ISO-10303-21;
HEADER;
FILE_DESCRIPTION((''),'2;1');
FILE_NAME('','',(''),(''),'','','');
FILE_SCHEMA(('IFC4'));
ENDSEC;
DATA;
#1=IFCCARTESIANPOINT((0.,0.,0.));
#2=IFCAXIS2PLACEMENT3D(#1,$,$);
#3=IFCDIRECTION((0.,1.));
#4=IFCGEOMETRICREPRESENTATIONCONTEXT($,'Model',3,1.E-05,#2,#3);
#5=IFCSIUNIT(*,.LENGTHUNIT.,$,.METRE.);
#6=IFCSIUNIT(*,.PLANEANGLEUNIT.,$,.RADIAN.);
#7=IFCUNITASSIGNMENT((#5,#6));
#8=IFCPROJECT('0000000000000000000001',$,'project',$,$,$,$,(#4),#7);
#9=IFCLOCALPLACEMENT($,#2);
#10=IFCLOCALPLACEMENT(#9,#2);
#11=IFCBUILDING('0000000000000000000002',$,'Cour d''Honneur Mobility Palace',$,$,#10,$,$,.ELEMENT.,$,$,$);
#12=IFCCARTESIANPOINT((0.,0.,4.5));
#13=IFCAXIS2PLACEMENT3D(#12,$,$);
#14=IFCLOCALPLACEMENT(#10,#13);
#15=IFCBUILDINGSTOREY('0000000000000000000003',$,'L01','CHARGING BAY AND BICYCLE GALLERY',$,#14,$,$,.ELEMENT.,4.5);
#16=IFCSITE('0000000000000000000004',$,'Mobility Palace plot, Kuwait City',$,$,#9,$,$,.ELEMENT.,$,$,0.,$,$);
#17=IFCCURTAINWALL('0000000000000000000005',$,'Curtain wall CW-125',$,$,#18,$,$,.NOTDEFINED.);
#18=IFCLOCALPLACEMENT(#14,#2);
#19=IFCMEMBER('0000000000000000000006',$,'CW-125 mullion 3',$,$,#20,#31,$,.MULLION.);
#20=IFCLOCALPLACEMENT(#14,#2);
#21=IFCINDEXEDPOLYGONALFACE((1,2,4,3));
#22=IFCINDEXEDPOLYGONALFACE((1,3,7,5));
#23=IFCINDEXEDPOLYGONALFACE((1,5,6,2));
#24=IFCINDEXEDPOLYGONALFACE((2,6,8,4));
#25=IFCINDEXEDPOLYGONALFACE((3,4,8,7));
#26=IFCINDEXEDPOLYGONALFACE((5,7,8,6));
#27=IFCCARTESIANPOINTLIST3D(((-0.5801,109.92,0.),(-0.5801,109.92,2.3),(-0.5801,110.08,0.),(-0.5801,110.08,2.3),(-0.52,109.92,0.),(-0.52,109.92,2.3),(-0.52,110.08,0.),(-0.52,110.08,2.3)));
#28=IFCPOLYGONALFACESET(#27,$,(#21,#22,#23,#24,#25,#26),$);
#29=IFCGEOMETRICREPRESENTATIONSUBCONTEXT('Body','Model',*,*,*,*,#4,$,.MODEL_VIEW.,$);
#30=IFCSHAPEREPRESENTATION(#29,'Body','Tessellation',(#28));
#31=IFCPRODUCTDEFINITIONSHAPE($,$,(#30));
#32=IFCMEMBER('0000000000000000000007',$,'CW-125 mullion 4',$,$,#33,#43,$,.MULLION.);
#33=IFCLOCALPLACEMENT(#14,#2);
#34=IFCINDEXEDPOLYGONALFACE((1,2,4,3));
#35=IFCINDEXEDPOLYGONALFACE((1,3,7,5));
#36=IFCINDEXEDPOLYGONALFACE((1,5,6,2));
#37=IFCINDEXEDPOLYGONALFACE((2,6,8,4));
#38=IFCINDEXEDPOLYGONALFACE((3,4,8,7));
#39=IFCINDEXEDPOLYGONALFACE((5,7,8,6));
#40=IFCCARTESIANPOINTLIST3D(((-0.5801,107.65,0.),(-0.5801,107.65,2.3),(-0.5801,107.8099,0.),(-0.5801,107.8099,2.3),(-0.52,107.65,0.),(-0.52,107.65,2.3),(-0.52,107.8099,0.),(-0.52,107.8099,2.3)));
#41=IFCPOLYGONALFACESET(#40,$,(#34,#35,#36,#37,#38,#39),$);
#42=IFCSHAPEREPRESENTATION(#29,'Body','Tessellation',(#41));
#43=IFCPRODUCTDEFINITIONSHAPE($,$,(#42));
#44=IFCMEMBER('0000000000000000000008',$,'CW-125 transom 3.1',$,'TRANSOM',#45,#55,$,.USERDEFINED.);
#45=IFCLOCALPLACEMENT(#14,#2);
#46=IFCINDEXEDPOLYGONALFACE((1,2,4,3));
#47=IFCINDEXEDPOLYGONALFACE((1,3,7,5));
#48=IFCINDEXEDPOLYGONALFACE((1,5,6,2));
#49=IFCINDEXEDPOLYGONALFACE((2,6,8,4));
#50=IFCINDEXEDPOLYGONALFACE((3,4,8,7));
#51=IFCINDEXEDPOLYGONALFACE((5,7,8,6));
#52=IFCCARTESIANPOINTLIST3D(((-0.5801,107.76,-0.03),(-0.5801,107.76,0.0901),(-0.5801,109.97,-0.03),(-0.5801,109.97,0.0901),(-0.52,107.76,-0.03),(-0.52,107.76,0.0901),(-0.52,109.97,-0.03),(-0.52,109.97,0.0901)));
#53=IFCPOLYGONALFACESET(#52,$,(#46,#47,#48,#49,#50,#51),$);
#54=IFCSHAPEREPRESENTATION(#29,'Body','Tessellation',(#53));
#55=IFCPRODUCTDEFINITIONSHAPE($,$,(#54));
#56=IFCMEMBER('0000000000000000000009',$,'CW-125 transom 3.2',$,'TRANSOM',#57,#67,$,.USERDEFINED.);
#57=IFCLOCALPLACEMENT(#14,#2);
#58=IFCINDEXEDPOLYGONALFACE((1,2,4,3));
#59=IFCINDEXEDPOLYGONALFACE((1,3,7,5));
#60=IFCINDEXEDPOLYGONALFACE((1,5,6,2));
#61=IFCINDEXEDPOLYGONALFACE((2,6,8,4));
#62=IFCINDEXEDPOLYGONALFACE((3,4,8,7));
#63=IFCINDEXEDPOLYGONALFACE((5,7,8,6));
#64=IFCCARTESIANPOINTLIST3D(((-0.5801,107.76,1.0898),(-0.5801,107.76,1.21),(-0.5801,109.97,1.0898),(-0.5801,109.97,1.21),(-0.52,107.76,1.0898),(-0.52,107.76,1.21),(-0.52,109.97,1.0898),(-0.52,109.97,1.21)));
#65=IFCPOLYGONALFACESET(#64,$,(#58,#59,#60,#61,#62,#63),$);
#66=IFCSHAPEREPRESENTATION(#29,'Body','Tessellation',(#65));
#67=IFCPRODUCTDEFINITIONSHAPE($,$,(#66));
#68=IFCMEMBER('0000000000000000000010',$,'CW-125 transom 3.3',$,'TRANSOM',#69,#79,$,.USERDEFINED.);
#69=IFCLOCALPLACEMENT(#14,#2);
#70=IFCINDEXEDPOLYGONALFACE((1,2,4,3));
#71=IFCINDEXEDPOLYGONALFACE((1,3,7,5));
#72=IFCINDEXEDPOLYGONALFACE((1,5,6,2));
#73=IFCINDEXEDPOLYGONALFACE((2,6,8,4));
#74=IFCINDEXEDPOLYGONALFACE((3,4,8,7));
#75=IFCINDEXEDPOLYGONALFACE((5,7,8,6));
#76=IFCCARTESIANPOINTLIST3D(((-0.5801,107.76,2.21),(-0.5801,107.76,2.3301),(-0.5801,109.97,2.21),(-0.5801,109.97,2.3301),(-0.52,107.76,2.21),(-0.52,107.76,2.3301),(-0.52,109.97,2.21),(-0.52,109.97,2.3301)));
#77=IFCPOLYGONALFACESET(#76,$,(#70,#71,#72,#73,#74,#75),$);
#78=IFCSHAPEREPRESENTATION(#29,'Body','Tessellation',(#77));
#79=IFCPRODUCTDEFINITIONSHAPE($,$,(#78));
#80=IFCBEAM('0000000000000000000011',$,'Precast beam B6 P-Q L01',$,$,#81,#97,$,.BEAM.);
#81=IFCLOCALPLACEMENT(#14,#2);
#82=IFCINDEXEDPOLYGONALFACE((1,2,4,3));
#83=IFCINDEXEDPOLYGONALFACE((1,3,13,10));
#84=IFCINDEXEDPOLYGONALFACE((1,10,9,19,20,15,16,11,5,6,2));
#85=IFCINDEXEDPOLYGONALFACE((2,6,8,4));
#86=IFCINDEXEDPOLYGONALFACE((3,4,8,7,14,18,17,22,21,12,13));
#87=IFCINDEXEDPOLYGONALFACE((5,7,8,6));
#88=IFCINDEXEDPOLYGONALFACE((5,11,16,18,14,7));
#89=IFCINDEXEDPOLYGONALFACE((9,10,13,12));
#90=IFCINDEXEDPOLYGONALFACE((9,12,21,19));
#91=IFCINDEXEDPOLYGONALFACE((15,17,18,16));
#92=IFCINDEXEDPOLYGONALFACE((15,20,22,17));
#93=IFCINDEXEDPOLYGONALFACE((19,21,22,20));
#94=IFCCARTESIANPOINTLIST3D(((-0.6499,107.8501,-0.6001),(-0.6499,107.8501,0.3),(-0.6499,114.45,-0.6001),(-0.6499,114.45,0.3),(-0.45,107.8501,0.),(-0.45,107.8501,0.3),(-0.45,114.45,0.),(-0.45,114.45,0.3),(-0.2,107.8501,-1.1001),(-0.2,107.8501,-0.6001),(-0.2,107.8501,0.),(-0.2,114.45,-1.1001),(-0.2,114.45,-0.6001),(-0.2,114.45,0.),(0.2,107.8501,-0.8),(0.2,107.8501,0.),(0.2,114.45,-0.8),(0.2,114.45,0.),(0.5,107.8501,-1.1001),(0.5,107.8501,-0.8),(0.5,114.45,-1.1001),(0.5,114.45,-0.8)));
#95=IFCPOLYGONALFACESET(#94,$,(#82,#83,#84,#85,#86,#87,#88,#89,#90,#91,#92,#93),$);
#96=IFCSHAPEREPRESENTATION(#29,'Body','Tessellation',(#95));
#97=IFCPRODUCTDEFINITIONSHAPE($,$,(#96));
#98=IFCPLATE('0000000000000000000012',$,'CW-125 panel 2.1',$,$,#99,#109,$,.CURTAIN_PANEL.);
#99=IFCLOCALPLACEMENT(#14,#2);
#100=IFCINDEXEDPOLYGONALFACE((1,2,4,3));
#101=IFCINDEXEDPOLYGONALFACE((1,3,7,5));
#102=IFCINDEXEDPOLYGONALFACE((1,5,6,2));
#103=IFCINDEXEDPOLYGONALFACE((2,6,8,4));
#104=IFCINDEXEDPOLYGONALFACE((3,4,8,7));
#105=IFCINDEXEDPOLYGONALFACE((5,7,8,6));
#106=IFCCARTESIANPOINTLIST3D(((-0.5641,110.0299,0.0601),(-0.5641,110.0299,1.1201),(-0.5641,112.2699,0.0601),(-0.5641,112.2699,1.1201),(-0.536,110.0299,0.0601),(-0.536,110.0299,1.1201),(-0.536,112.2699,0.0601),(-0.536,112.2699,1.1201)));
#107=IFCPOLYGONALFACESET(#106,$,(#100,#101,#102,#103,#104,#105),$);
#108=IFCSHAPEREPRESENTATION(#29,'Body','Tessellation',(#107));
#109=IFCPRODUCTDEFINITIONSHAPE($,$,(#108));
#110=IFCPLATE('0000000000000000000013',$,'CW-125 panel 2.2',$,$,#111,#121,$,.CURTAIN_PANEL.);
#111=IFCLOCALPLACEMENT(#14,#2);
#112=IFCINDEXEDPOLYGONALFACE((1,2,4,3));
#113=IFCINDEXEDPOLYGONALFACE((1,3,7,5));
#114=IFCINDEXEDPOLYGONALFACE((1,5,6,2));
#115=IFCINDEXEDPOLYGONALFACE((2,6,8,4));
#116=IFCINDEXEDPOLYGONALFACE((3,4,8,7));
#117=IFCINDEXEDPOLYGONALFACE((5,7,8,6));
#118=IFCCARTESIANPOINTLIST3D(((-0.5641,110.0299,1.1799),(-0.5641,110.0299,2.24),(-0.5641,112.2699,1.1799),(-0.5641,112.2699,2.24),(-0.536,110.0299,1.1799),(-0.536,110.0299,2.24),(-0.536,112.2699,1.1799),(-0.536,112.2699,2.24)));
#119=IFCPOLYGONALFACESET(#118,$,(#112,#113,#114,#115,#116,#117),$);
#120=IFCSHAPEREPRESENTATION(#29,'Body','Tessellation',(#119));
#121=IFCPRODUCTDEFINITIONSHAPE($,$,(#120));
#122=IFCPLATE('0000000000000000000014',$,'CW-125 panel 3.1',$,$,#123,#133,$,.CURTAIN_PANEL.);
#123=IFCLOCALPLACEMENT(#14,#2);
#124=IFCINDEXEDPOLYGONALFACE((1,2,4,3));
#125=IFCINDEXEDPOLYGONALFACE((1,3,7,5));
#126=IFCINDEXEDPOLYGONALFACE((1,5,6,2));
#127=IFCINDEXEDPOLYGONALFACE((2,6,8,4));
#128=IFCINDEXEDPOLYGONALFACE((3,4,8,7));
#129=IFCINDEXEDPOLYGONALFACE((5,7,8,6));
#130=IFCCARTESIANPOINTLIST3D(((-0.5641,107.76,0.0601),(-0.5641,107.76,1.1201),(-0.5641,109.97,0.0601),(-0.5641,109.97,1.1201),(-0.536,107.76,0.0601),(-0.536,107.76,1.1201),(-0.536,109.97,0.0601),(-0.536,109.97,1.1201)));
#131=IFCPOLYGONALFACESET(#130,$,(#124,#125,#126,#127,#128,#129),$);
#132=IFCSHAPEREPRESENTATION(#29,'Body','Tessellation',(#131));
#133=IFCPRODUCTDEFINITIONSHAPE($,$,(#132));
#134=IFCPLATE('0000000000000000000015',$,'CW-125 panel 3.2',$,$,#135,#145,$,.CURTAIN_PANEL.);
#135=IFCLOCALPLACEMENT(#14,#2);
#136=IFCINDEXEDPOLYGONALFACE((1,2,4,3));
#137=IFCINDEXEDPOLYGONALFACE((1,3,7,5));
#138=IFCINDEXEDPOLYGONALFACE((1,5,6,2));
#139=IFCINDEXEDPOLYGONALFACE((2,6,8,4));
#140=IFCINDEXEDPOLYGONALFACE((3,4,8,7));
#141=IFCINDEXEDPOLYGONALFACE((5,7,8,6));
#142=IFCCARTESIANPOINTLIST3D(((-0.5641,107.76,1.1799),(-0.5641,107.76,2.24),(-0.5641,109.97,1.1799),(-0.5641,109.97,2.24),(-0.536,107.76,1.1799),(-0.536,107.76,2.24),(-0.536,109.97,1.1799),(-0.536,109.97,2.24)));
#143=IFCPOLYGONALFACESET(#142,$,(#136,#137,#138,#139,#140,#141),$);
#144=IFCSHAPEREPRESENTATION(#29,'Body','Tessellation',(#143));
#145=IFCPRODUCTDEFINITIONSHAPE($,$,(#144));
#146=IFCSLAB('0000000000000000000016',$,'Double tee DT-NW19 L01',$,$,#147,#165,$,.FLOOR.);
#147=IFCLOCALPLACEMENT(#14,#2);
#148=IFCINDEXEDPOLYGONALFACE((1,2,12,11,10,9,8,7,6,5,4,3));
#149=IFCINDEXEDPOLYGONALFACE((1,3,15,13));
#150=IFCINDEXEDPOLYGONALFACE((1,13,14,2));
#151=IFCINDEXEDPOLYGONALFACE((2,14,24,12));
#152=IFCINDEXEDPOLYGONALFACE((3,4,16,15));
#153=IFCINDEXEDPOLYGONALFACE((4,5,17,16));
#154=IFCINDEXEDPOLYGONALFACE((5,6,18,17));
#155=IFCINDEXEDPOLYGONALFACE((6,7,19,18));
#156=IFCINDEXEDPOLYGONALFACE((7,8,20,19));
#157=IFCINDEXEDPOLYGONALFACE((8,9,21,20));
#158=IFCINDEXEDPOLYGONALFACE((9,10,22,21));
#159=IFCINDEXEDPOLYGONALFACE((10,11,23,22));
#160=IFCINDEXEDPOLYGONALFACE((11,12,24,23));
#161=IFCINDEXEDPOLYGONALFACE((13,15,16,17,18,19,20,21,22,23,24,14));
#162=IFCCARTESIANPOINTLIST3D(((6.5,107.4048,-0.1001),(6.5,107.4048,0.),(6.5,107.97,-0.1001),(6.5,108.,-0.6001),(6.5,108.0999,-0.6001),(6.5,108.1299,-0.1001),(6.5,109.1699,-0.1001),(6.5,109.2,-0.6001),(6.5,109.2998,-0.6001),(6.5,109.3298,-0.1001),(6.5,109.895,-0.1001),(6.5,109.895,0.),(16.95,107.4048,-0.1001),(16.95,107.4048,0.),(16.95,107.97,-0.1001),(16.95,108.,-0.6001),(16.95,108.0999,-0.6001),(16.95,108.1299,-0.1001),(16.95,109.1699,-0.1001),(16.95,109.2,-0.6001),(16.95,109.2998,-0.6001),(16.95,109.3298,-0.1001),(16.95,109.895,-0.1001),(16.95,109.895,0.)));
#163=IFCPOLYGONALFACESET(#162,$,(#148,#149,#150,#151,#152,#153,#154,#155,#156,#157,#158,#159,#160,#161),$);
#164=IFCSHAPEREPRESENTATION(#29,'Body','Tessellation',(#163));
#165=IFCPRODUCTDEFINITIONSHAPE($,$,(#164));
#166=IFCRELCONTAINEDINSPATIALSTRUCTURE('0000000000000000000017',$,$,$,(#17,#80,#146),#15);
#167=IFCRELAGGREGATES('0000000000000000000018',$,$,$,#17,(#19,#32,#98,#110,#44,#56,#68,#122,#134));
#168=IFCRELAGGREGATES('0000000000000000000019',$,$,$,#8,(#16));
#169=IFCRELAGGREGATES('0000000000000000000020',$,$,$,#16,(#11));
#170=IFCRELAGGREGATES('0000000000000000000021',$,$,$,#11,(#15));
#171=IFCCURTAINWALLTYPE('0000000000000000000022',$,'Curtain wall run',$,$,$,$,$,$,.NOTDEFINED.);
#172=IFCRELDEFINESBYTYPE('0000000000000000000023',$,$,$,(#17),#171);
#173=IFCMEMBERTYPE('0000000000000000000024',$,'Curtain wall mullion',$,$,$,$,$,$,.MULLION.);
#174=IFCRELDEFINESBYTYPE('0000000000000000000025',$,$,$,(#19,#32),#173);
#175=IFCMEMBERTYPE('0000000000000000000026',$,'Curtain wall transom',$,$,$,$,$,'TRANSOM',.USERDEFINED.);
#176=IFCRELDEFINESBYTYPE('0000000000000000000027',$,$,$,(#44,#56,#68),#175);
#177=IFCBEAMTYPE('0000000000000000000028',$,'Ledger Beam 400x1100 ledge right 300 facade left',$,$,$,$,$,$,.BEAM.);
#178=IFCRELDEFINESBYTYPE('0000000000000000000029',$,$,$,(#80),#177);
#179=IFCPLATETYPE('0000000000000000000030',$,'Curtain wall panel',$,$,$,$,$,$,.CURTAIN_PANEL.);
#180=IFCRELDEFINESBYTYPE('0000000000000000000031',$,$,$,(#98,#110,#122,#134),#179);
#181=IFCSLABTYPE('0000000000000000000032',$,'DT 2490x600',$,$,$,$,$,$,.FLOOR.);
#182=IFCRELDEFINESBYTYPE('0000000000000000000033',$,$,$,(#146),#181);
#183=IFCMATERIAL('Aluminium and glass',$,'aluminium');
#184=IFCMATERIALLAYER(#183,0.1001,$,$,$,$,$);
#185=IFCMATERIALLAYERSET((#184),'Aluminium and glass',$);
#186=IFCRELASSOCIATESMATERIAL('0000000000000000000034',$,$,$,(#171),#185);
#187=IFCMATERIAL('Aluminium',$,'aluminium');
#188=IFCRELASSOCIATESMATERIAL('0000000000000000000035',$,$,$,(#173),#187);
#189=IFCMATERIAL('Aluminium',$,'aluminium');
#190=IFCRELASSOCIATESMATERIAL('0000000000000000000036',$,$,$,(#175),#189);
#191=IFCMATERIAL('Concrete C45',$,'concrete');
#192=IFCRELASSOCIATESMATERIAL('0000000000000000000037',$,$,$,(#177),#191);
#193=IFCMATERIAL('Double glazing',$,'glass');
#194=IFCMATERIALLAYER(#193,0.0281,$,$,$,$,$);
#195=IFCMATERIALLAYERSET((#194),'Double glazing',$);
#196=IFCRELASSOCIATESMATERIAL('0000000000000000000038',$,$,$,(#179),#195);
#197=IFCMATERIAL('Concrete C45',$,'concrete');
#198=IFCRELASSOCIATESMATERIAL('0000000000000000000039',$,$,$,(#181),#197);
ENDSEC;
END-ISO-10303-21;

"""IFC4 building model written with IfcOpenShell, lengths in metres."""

from ifc_helpers import new_model, si_unit, direction, frame, origin, origin_2d, place, context, subcontext, project, spatial, polyline, rectangle, outline, extrude, material, layer, layer_set, material_profile, profile_set, type_object, element, aggregate, save


model = new_model("IFC4")

# Units and contexts
model_context = context("Model", 3, precision=1e-05, world=origin(), true_north=direction((0.0, 1.0)))
body_context = subcontext(model_context, "Body", "Model", "MODEL_VIEW")
ifc_project = project(units=[si_unit("LENGTHUNIT", "METRE"), si_unit("PLANEANGLEUNIT", "RADIAN")], contexts=[model_context])

# Site, building, storey
site_placement = place(None, origin())
site = spatial("IfcSite", under=ifc_project, at=site_placement, Name="Mobility Palace plot, Kuwait City", CompositionType="ELEMENT", RefElevation=0.0)
building_placement = place(site_placement, origin())
building = spatial("IfcBuilding", under=site, at=building_placement, Name="Cour d'Honneur Mobility Palace", CompositionType="ELEMENT")
storey_placement = place(building_placement, frame((0.0, 0.0, 4.5)))
storey = spatial("IfcBuildingStorey", under=building, at=storey_placement, Name="L01", Description="CHARGING BAY AND BICYCLE GALLERY", CompositionType="ELEMENT", Elevation=4.5)

# Curtain wall, members
ifc_material_1 = material(Name="Aluminium and glass", Category="aluminium")
ifc_layer_1 = layer(ifc_material_1, 0.1001)
ifc_layer_set_1 = layer_set([ifc_layer_1], Name="Aluminium and glass")
curtain_wall_type = type_object("IfcCurtainWallType", Name="Curtain wall run", PredefinedType="NOTDEFINED", material=ifc_layer_set_1)
curtain_wall_placement = place(storey_placement, origin())
curtain_wall = element("IfcCurtainWall", 1, at=curtain_wall_placement, inside=storey, type_object=curtain_wall_type, Name="Curtain wall CW-125", PredefinedType="NOTDEFINED")
ifc_material_2 = material(Name="Aluminium", Category="aluminium")
ifc_material_profile_1 = material_profile(ifc_material_2, rectangle(XDim=0.0601, YDim=0.1599, at=origin_2d()), Name="Curtain wall mullion")
ifc_profile_set_1 = profile_set([ifc_material_profile_1], Name="Aluminium")
member_type_1 = type_object("IfcMemberType", Name="Curtain wall mullion", PredefinedType="MULLION", material=ifc_profile_set_1)
member_1_placement = place(storey_placement, frame((-0.55, 110.0, 0.0), z_axis=(0.0, 0.0, 1.0), x_axis=(1.0, 0.0, 0.0)))
member_1 = element("IfcMember", 2, at=member_1_placement, type_object=member_type_1, Name="CW-125 mullion 3", PredefinedType="MULLION", context=body_context, shape_type="SweptSolid", body=[
    extrude(rectangle(XDim=0.0601, YDim=0.1599, at=origin_2d()), origin(), (0.0, 0.0, 1.0), 2.3),
])
member_2_placement = place(storey_placement, frame((-0.55, 107.73, 0.0), z_axis=(0.0, 0.0, 1.0), x_axis=(1.0, 0.0, 0.0)))
member_2 = element("IfcMember", 3, at=member_2_placement, type_object=member_type_1, Name="CW-125 mullion 4", PredefinedType="MULLION", context=body_context, shape_type="SweptSolid", body=[
    extrude(rectangle(XDim=0.0601, YDim=0.1599, at=origin_2d()), origin(), (0.0, 0.0, 1.0), 2.3),
])
ifc_material_3 = material(Name="Aluminium", Category="aluminium")
ifc_material_profile_2 = material_profile(ifc_material_3, rectangle(XDim=0.0601, YDim=0.1201, at=origin_2d()), Name="Curtain wall transom")
ifc_profile_set_2 = profile_set([ifc_material_profile_2], Name="Aluminium")
member_type_2 = type_object("IfcMemberType", Name="Curtain wall transom", ElementType="TRANSOM", PredefinedType="USERDEFINED", material=ifc_profile_set_2)
member_3_placement = place(storey_placement, frame((-0.55, 109.97, 0.03), z_axis=(0.0, -1.0, 0.0), x_axis=(1.0, 0.0, 0.0)))
member_3 = element("IfcMember", 4, at=member_3_placement, type_object=member_type_2, Name="CW-125 transom 3.1", ObjectType="TRANSOM", PredefinedType="USERDEFINED", context=body_context, shape_type="SweptSolid", body=[
    extrude(rectangle(XDim=0.0601, YDim=0.1201, at=origin_2d()), origin(), (0.0, 0.0, 1.0), 2.21),
])
member_4_placement = place(storey_placement, frame((-0.55, 109.97, 1.1499), z_axis=(0.0, -1.0, 0.0), x_axis=(1.0, 0.0, 0.0)))
member_4 = element("IfcMember", 5, at=member_4_placement, type_object=member_type_2, Name="CW-125 transom 3.2", ObjectType="TRANSOM", PredefinedType="USERDEFINED", context=body_context, shape_type="SweptSolid", body=[
    extrude(rectangle(XDim=0.0601, YDim=0.1201, at=origin_2d()), origin(), (0.0, 0.0, 1.0), 2.21),
])
member_5_placement = place(storey_placement, frame((-0.55, 109.97, 2.27), z_axis=(0.0, -1.0, 0.0), x_axis=(1.0, 0.0, 0.0)))
member_5 = element("IfcMember", 6, at=member_5_placement, type_object=member_type_2, Name="CW-125 transom 3.3", ObjectType="TRANSOM", PredefinedType="USERDEFINED", context=body_context, shape_type="SweptSolid", body=[
    extrude(rectangle(XDim=0.0601, YDim=0.1201, at=origin_2d()), origin(), (0.0, 0.0, 1.0), 2.21),
])

# Beam
ifc_material_4 = material(Name="Concrete C45", Category="concrete")
ifc_material_profile_3 = material_profile(ifc_material_4, outline(polyline([(0.2, -1.1001), (0.2, -0.6001), (0.6499, -0.6001), (0.6499, 0.3), (0.45, 0.3), (0.45, 0.0), (0.2, 0.0), (-0.2, 0.0), (-0.2, -0.8), (-0.5, -0.8), (-0.5, -1.1001), (0.2, -1.1001)])), Name="Ledger Beam 400x1100 ledge right 300 facade left")
ifc_profile_set_3 = profile_set([ifc_material_profile_3], Name="Concrete C45")
beam_type = type_object("IfcBeamType", Name="Ledger Beam 400x1100 ledge right 300 facade left", PredefinedType="BEAM", material=ifc_profile_set_3)
beam_placement = place(storey_placement, frame((0.0, 107.8501, 0.0), z_axis=(0.0, 1.0, 0.0), x_axis=(-1.0, 0.0, 0.0)))
element("IfcBeam", 7, at=beam_placement, inside=storey, type_object=beam_type, Name="Precast beam B6 P-Q L01", PredefinedType="BEAM", context=body_context, shape_type="SweptSolid", body=[
    extrude(outline(polyline([(0.2, -1.1001), (0.2, -0.6001), (0.6499, -0.6001), (0.6499, 0.3), (0.45, 0.3), (0.45, 0.0), (0.2, 0.0), (-0.2, 0.0), (-0.2, -0.8), (-0.5, -0.8), (-0.5, -1.1001), (0.2, -1.1001)])), origin(), (0.0, 0.0, 1.0), 6.5999),
])

# Plates
ifc_material_5 = material(Name="Double glazing", Category="glass")
ifc_layer_2 = layer(ifc_material_5, 0.0281)
ifc_layer_set_2 = layer_set([ifc_layer_2], Name="Double glazing")
plate_type = type_object("IfcPlateType", Name="Curtain wall panel", PredefinedType="CURTAIN_PANEL", material=ifc_layer_set_2)
plate_1_placement = place(storey_placement, frame((-0.55, 111.1499, 0.0601), z_axis=(0.0, 0.0, 1.0), x_axis=(0.0, -1.0, 0.0)))
plate_1 = element("IfcPlate", 8, at=plate_1_placement, type_object=plate_type, Name="CW-125 panel 2.1", PredefinedType="CURTAIN_PANEL", context=body_context, shape_type="SweptSolid", body=[
    extrude(rectangle(XDim=2.24, YDim=0.0281, at=origin_2d()), origin(), (0.0, 0.0, 1.0), 1.0601),
])
plate_2_placement = place(storey_placement, frame((-0.55, 111.1499, 1.1799), z_axis=(0.0, 0.0, 1.0), x_axis=(0.0, -1.0, 0.0)))
plate_2 = element("IfcPlate", 9, at=plate_2_placement, type_object=plate_type, Name="CW-125 panel 2.2", PredefinedType="CURTAIN_PANEL", context=body_context, shape_type="SweptSolid", body=[
    extrude(rectangle(XDim=2.24, YDim=0.0281, at=origin_2d()), origin(), (0.0, 0.0, 1.0), 1.0601),
])
plate_3_placement = place(storey_placement, frame((-0.55, 108.865, 0.0601), z_axis=(0.0, 0.0, 1.0), x_axis=(0.0, -1.0, 0.0)))
plate_3 = element("IfcPlate", 10, at=plate_3_placement, type_object=plate_type, Name="CW-125 panel 3.1", PredefinedType="CURTAIN_PANEL", context=body_context, shape_type="SweptSolid", body=[
    extrude(rectangle(XDim=2.21, YDim=0.0281, at=origin_2d()), origin(), (0.0, 0.0, 1.0), 1.0601),
])
plate_4_placement = place(storey_placement, frame((-0.55, 108.865, 1.1799), z_axis=(0.0, 0.0, 1.0), x_axis=(0.0, -1.0, 0.0)))
plate_4 = element("IfcPlate", 11, at=plate_4_placement, type_object=plate_type, Name="CW-125 panel 3.2", PredefinedType="CURTAIN_PANEL", context=body_context, shape_type="SweptSolid", body=[
    extrude(rectangle(XDim=2.21, YDim=0.0281, at=origin_2d()), origin(), (0.0, 0.0, 1.0), 1.0601),
])
aggregate(curtain_wall, [member_1, member_2, plate_1, plate_2, member_3, member_4, member_5, plate_3, plate_4])

# Slab
ifc_material_6 = material(Name="Concrete C45", Category="concrete")
ifc_material_profile_4 = material_profile(ifc_material_6, outline(polyline([(-1.2451, 0.0), (1.2451, 0.0), (1.2451, -0.1001), (0.6799, -0.1001), (0.6499, -0.6001), (0.55, -0.6001), (0.52, -0.1001), (-0.52, -0.1001), (-0.55, -0.6001), (-0.6499, -0.6001), (-0.6799, -0.1001), (-1.2451, -0.1001), (-1.2451, 0.0)])), Name="DT 2490x600")
ifc_profile_set_4 = profile_set([ifc_material_profile_4], Name="Concrete C45")
slab_type = type_object("IfcSlabType", Name="DT 2490x600", PredefinedType="FLOOR", material=ifc_profile_set_4)
slab_1_placement = place(storey_placement, frame((6.5, 108.6499, 0.0), z_axis=(1.0, 0.0, 0.0), x_axis=(0.0, 1.0, 0.0)))
element("IfcSlab", 12, at=slab_1_placement, inside=storey, type_object=slab_type, Name="Double tee DT-NW19 L01", PredefinedType="FLOOR", context=body_context, shape_type="SweptSolid", body=[
    extrude(outline(polyline([(-1.2451, 0.0), (1.2451, 0.0), (1.2451, -0.1001), (0.6799, -0.1001), (0.6499, -0.6001), (0.55, -0.6001), (0.52, -0.1001), (-0.52, -0.1001), (-0.55, -0.6001), (-0.6499, -0.6001), (-0.6799, -0.1001), (-1.2451, -0.1001), (-1.2451, 0.0)])), origin(), (0.0, 0.0, 1.0), 10.45),
])

save(model, "model.ifc")
